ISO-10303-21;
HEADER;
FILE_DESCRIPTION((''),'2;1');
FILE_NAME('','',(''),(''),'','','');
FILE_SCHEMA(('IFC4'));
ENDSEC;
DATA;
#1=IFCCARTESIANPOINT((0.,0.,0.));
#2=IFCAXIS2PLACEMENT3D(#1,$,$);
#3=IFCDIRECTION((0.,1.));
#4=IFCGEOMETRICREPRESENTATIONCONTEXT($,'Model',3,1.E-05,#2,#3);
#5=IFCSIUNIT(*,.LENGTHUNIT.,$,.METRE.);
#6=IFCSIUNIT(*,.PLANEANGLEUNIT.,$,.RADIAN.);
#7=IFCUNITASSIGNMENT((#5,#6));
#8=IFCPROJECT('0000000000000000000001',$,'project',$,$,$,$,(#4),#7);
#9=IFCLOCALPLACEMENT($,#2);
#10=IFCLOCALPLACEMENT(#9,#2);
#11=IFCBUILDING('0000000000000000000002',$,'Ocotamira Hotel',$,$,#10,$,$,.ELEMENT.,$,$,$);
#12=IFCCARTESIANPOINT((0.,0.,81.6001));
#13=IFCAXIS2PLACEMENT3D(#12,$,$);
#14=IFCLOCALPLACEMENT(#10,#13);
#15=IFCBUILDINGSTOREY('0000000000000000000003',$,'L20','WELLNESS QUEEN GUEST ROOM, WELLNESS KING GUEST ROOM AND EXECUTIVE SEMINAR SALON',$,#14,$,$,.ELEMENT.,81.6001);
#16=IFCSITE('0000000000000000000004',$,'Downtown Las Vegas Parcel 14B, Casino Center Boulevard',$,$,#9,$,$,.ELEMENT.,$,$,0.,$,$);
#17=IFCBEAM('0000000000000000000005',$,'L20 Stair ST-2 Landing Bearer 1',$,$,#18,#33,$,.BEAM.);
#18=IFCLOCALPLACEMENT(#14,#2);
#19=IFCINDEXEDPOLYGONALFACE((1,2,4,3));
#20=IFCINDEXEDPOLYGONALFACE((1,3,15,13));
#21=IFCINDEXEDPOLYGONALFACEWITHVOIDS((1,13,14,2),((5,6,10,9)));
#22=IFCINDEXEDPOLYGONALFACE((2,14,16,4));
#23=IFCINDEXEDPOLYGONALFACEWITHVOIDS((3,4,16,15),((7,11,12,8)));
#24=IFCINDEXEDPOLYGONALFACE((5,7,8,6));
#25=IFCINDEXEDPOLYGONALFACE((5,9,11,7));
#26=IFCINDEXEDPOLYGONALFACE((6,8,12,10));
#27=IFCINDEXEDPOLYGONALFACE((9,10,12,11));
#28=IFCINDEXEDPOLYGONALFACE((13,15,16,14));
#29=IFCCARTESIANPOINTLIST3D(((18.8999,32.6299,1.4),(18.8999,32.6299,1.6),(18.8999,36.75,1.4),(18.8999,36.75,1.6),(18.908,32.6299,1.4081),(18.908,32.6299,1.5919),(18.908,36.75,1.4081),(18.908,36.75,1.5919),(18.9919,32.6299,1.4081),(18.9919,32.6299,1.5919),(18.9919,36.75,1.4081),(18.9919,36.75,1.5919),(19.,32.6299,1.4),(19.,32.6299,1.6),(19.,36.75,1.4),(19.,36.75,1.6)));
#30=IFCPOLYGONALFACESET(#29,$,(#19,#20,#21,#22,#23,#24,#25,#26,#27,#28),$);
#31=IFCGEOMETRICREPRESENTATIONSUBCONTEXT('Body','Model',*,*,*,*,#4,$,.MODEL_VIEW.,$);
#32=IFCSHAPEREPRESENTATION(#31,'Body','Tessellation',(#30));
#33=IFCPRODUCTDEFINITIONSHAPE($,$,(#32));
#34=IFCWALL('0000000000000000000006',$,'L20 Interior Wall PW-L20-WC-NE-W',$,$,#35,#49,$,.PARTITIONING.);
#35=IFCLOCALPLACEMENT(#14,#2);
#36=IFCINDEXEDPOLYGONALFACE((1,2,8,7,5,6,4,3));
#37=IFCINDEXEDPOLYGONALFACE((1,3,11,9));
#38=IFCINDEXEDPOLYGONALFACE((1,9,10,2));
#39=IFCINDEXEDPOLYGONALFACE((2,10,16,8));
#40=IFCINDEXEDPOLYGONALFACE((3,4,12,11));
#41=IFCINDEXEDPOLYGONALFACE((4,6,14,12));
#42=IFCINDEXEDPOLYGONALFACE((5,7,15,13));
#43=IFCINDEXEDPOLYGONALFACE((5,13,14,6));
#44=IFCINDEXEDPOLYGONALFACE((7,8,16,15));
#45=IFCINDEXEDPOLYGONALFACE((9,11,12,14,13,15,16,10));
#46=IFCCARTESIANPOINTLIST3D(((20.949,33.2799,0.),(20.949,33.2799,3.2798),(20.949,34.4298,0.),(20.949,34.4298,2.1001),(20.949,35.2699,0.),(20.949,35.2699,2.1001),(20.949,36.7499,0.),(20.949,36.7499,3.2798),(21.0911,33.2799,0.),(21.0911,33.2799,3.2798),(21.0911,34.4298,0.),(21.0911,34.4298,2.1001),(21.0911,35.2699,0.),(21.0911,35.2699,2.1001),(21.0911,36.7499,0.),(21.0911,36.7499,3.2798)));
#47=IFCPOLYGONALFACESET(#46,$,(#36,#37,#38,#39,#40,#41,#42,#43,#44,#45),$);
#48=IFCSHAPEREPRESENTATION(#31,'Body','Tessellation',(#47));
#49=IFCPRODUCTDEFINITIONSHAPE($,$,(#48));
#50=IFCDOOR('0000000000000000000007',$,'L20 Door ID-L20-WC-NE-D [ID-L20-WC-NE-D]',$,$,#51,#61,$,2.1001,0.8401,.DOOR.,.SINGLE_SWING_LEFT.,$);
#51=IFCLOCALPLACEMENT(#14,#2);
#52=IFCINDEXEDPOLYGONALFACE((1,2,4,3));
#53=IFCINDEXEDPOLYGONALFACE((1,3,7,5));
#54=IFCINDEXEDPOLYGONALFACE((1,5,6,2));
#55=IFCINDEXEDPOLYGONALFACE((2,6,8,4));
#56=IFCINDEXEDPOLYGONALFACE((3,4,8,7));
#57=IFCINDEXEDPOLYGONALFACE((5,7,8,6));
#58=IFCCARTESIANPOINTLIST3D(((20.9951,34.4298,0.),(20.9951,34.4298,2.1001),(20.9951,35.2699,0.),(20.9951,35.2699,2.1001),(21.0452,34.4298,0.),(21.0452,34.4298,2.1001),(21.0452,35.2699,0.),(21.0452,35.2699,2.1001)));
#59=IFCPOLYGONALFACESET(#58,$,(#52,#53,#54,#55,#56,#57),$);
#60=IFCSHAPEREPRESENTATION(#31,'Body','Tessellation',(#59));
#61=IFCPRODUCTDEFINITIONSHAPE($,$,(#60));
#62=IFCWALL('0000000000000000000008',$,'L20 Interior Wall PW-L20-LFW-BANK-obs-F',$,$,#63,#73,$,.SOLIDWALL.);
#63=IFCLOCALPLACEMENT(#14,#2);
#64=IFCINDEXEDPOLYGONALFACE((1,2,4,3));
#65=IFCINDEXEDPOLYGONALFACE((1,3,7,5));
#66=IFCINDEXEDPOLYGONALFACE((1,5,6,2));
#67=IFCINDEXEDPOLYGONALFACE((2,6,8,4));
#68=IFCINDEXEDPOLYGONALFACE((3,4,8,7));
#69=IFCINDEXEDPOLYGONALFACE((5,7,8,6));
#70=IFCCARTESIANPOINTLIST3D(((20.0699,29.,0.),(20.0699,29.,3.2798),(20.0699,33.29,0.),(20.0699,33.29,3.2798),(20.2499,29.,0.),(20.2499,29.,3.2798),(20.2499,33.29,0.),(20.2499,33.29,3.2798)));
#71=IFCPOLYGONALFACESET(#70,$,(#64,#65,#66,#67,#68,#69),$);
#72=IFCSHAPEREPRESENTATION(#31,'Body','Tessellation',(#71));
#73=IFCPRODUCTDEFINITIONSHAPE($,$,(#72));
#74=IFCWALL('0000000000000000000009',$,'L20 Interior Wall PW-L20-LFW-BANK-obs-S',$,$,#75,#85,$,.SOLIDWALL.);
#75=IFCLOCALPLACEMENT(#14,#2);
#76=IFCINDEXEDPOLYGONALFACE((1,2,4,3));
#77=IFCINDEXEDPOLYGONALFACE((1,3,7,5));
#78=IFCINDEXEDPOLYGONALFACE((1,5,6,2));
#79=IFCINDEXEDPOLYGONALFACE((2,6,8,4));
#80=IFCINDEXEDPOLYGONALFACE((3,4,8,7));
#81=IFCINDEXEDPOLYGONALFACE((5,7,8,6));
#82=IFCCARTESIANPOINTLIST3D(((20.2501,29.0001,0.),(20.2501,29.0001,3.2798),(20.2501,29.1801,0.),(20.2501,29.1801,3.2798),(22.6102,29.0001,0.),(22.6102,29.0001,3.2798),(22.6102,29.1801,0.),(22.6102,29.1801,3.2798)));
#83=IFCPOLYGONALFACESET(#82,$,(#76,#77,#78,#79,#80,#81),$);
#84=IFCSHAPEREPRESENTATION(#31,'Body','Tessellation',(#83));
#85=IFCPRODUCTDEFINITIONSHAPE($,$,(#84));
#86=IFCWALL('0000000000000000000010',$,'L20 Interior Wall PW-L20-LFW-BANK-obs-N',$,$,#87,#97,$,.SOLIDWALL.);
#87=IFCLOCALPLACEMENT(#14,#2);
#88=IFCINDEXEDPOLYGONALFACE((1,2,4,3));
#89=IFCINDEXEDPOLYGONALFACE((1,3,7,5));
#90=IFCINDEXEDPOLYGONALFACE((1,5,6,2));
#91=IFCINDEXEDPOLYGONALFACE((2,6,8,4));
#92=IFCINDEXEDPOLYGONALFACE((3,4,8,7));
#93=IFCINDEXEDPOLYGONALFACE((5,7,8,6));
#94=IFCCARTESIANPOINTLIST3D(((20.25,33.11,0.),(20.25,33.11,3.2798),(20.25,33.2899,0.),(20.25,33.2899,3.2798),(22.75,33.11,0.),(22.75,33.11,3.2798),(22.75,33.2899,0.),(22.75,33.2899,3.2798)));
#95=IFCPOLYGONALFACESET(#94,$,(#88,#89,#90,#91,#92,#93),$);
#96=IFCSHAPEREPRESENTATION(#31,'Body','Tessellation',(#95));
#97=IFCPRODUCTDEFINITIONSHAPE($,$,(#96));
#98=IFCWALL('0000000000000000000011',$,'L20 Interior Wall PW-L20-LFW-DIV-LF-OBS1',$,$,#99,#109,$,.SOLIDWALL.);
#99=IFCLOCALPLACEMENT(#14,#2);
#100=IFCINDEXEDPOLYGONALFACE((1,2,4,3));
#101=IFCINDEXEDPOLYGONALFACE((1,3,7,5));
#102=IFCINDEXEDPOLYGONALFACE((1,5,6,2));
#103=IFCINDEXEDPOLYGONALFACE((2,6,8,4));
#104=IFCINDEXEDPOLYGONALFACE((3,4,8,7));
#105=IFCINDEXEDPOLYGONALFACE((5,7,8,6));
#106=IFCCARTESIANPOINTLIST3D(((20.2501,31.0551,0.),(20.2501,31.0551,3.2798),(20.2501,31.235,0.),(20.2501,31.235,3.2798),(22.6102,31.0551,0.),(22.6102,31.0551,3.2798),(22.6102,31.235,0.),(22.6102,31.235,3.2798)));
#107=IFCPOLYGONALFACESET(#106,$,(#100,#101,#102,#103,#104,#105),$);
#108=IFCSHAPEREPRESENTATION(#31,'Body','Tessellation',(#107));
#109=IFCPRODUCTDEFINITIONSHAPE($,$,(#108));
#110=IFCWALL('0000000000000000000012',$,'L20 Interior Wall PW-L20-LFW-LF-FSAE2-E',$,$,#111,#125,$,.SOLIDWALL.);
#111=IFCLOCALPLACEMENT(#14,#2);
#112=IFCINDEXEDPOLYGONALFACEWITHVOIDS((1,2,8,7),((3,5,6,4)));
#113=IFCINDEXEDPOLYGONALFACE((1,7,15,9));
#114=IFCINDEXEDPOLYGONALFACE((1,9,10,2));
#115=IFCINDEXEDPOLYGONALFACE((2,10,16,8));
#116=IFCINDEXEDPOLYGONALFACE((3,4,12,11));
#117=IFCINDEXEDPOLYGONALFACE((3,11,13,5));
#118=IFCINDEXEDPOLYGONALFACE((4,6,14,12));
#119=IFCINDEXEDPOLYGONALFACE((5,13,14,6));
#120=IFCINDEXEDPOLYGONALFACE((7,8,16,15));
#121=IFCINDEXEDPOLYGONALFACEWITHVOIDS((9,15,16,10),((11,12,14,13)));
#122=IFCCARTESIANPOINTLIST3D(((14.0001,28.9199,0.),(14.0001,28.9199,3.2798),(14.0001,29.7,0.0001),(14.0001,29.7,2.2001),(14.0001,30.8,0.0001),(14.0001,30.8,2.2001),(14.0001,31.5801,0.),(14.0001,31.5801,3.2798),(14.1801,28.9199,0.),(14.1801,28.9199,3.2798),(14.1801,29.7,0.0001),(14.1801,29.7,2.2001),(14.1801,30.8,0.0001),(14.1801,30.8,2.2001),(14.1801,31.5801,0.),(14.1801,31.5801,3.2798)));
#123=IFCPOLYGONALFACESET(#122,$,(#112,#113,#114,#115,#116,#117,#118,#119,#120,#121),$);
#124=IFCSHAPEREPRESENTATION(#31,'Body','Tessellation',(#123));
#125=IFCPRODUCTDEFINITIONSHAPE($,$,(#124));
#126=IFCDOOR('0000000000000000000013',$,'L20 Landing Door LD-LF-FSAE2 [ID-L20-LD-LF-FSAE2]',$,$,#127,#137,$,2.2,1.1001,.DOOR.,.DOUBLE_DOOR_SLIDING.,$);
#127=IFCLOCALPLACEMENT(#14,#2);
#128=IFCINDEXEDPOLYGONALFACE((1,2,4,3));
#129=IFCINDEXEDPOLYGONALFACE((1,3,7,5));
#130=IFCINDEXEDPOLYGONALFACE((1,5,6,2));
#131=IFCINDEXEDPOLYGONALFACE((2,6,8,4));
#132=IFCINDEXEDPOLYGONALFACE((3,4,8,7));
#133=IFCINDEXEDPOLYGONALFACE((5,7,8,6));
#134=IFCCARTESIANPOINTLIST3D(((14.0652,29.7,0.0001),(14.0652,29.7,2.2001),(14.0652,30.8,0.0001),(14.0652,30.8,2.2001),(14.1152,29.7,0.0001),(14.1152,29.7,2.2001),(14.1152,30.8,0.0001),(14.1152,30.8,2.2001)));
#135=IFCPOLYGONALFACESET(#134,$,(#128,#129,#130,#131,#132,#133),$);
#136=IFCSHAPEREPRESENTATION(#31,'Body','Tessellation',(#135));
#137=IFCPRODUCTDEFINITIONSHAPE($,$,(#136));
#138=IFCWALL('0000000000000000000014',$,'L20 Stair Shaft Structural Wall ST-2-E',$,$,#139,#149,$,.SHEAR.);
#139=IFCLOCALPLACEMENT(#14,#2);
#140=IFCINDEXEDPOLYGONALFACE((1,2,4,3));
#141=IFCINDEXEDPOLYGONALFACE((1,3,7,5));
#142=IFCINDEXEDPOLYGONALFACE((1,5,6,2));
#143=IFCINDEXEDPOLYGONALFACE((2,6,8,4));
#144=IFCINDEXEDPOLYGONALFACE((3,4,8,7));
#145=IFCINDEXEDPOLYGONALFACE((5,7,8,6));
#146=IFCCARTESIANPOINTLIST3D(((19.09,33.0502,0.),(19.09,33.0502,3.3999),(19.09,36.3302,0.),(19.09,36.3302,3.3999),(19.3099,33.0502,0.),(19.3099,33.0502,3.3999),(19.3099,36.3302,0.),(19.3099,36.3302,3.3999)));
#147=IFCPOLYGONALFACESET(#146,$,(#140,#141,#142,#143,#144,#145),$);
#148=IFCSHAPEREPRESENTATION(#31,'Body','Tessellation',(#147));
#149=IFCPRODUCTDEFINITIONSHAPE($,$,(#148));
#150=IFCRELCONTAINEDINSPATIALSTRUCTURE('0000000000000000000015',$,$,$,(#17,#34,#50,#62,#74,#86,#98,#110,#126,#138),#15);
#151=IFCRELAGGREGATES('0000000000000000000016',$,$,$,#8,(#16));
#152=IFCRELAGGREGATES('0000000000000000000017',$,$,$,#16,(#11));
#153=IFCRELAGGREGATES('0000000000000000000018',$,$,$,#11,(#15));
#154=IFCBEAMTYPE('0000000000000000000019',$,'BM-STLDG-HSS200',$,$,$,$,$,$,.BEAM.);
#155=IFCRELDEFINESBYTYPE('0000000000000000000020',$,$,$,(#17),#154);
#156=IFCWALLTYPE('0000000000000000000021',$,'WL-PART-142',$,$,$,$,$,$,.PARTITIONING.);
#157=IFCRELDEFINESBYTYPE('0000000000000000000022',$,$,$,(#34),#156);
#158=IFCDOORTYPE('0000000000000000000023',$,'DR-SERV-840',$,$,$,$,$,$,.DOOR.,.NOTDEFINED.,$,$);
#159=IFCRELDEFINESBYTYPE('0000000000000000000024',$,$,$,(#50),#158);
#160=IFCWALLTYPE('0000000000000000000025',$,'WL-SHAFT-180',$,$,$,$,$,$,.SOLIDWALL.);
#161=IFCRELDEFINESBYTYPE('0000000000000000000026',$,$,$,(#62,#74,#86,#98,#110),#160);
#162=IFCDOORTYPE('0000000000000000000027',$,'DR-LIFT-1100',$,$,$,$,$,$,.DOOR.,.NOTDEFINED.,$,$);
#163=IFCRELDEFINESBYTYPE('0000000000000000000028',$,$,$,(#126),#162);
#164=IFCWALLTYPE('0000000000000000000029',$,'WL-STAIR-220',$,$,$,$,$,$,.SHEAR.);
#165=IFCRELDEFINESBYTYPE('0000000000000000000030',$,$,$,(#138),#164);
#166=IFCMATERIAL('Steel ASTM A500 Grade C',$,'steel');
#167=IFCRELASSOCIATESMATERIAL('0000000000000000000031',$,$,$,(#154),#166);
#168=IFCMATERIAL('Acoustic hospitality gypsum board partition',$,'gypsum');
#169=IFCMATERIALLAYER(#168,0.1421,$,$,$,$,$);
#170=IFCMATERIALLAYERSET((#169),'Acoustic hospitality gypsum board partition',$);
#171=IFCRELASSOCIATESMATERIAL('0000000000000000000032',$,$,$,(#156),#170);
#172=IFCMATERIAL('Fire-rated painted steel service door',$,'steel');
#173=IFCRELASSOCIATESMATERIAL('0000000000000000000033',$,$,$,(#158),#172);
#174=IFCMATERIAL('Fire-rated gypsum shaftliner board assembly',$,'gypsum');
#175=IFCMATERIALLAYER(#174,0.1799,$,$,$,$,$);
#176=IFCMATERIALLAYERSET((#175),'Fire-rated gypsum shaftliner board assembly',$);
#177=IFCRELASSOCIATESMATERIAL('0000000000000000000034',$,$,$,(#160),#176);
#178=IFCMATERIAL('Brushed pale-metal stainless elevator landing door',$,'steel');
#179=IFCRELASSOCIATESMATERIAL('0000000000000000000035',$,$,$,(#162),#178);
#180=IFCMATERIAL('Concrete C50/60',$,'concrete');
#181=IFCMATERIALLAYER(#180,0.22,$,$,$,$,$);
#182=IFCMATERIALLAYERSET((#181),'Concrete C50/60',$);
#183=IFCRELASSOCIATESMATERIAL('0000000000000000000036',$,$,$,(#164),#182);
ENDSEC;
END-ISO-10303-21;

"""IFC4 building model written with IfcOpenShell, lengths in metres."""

from ifc_helpers import new_model, si_unit, direction, frame, frame_2d, origin, origin_2d, place, context, subcontext, project, spatial, rectangle, hollow_rectangle, extrude, source, transform, mapped, material, layer, layer_set, material_profile, profile_set, type_object, element, fill, save


model = new_model("IFC4")

# Units and contexts
model_context = context("Model", 3, precision=1e-05, world=origin(), true_north=direction((0.0, 1.0)))
body_context = subcontext(model_context, "Body", "Model", "MODEL_VIEW")
ifc_project = project(units=[si_unit("LENGTHUNIT", "METRE"), si_unit("PLANEANGLEUNIT", "RADIAN")], contexts=[model_context])

# Site, building, storey
site_placement = place(None, origin())
site = spatial("IfcSite", under=ifc_project, at=site_placement, Name="Downtown Las Vegas Parcel 14B, Casino Center Boulevard", CompositionType="ELEMENT", RefElevation=0.0)
building_placement = place(site_placement, origin())
building = spatial("IfcBuilding", under=site, at=building_placement, Name="Ocotamira Hotel", CompositionType="ELEMENT")
storey_placement = place(building_placement, frame((0.0, 0.0, 81.6001)))
storey = spatial("IfcBuildingStorey", under=building, at=storey_placement, Name="L20", Description="WELLNESS QUEEN GUEST ROOM, WELLNESS KING GUEST ROOM AND EXECUTIVE SEMINAR SALON", CompositionType="ELEMENT", Elevation=81.6001)

# Beam
ifc_material_1 = material(Name="Steel ASTM A500 Grade C", Category="steel")
ifc_material_profile = material_profile(ifc_material_1, hollow_rectangle(XDim=0.1001, YDim=0.2, WallThickness=0.0081, at=origin_2d()), Name="HSS200X100X8")
ifc_profile_set = profile_set([ifc_material_profile], Name="Steel ASTM A500 Grade C")
beam_type = type_object("IfcBeamType", Name="BM-STLDG-HSS200", PredefinedType="BEAM", material=ifc_profile_set)
shared_shape_1 = source(origin(), body_context, "Body", "SweptSolid", [
    extrude(hollow_rectangle(XDim=0.1001, YDim=0.2, WallThickness=0.0081, at=origin_2d()), origin(), (0.0, 0.0, 1.0), 4.1201),
])
beam_placement = place(storey_placement, frame((18.95, 32.6299, 1.5), z_axis=(0.0, 1.0, 0.0), x_axis=(-1.0, 0.0, 0.0)))
element("IfcBeam", 1, at=beam_placement, inside=storey, type_object=beam_type, Name="L20 Stair ST-2 Landing Bearer 1", PredefinedType="BEAM", context=body_context, shape_type="MappedRepresentation", body=[
    mapped(shared_shape_1, transform((0.0, 0.0, 0.0), scale=1.0)),
])

# Wall, opening, door
ifc_material_2 = material(Name="Acoustic hospitality gypsum board partition", Category="gypsum")
ifc_layer_1 = layer(ifc_material_2, 0.1421)
ifc_layer_set_1 = layer_set([ifc_layer_1], Name="Acoustic hospitality gypsum board partition")
wall_type_1 = type_object("IfcWallType", Name="WL-PART-142", PredefinedType="PARTITIONING", material=ifc_layer_set_1)
wall_1_placement = place(storey_placement, frame((21.02, 33.28, 0.0), z_axis=(0.0, 0.0, 1.0), x_axis=(0.0, 1.0, 0.0)))
wall_1 = element("IfcWall", 2, at=wall_1_placement, inside=storey, type_object=wall_type_1, Name="L20 Interior Wall PW-L20-WC-NE-W", PredefinedType="PARTITIONING", context=body_context, shape_type="SweptSolid", body=[
    extrude(rectangle(XDim=3.47, YDim=0.1421, at=frame_2d((1.7349, 0.0))), origin(), (0.0, 0.0, 1.0), 3.2798),
])
opening_1_placement = place(wall_1_placement, frame((1.1499, 0.0, 0.0)))
opening_1 = element("IfcOpeningElement", 3, at=opening_1_placement, cuts=wall_1, PredefinedType="OPENING", context=body_context, shape_type="SweptSolid", body=[
    extrude(rectangle(XDim=0.8401, YDim=2.1001, at=frame_2d((0.4199, 1.05))), frame((0.0, 0.0811, 0.0), z_axis=(0.0, -1.0, 0.0), x_axis=(1.0, 0.0, 0.0)), (0.0, 0.0, 1.0), 0.1621),
])
ifc_material_3 = material(Name="Fire-rated painted steel service door", Category="steel")
door_type_1 = type_object("IfcDoorType", Name="DR-SERV-840", OperationType="NOTDEFINED", PredefinedType="DOOR", material=ifc_material_3)
shared_shape_2 = source(origin(), body_context, "Body", "SweptSolid", [
    extrude(rectangle(XDim=0.8401, YDim=2.1001, at=frame_2d((0.4199, 1.05))), frame((0.0, 0.0249, 0.0), z_axis=(0.0, -1.0, 0.0), x_axis=(1.0, 0.0, 0.0)), (0.0, 0.0, 1.0), 0.05),
])
door_1_placement = place(opening_1_placement, origin())
door_1 = element("IfcDoor", 4, at=door_1_placement, inside=storey, type_object=door_type_1, Name="L20 Door ID-L20-WC-NE-D [ID-L20-WC-NE-D]", OperationType="SINGLE_SWING_LEFT", OverallHeight=2.1001, OverallWidth=0.8401, PredefinedType="DOOR", context=body_context, shape_type="MappedRepresentation", body=[
    mapped(shared_shape_2, transform((0.0, 0.0, 0.0), scale=1.0)),
])
fill(opening_1, door_1)

# Walls
ifc_material_4 = material(Name="Fire-rated gypsum shaftliner board assembly", Category="gypsum")
ifc_layer_2 = layer(ifc_material_4, 0.1799)
ifc_layer_set_2 = layer_set([ifc_layer_2], Name="Fire-rated gypsum shaftliner board assembly")
wall_type_2 = type_object("IfcWallType", Name="WL-SHAFT-180", PredefinedType="SOLIDWALL", material=ifc_layer_set_2)
wall_2_placement = place(storey_placement, frame((20.1599, 29.0, 0.0), z_axis=(0.0, 0.0, 1.0), x_axis=(0.0, 1.0, 0.0)))
element("IfcWall", 5, at=wall_2_placement, inside=storey, type_object=wall_type_2, Name="L20 Interior Wall PW-L20-LFW-BANK-obs-F", PredefinedType="SOLIDWALL", context=body_context, shape_type="SweptSolid", body=[
    extrude(rectangle(XDim=4.29, YDim=0.1799, at=frame_2d((2.145, 0.0))), origin(), (0.0, 0.0, 1.0), 3.2798),
])
wall_3_placement = place(storey_placement, frame((20.25, 29.0901, 0.0), z_axis=(0.0, 0.0, 1.0), x_axis=(1.0, 0.0, 0.0)))
element("IfcWall", 6, at=wall_3_placement, inside=storey, type_object=wall_type_2, Name="L20 Interior Wall PW-L20-LFW-BANK-obs-S", PredefinedType="SOLIDWALL", context=body_context, shape_type="SweptSolid", body=[
    extrude(rectangle(XDim=2.3601, YDim=0.1799, at=frame_2d((1.1802, 0.0))), origin(), (0.0, 0.0, 1.0), 3.2798),
])
wall_4_placement = place(storey_placement, frame((20.25, 33.2, 0.0), z_axis=(0.0, 0.0, 1.0), x_axis=(1.0, 0.0, 0.0)))
element("IfcWall", 7, at=wall_4_placement, inside=storey, type_object=wall_type_2, Name="L20 Interior Wall PW-L20-LFW-BANK-obs-N", PredefinedType="SOLIDWALL", context=body_context, shape_type="SweptSolid", body=[
    extrude(rectangle(XDim=2.5, YDim=0.1799, at=frame_2d((1.25, 0.0))), origin(), (0.0, 0.0, 1.0), 3.2798),
])
wall_5_placement = place(storey_placement, frame((20.25, 31.145, 0.0), z_axis=(0.0, 0.0, 1.0), x_axis=(1.0, 0.0, 0.0)))
element("IfcWall", 8, at=wall_5_placement, inside=storey, type_object=wall_type_2, Name="L20 Interior Wall PW-L20-LFW-DIV-LF-OBS1", PredefinedType="SOLIDWALL", context=body_context, shape_type="SweptSolid", body=[
    extrude(rectangle(XDim=2.3601, YDim=0.1799, at=frame_2d((1.1802, 0.0))), origin(), (0.0, 0.0, 1.0), 3.2798),
])

# Wall, opening, door
wall_6_placement = place(storey_placement, frame((14.0901, 28.9199, 0.0), z_axis=(0.0, 0.0, 1.0), x_axis=(0.0, 1.0, 0.0)))
wall_6 = element("IfcWall", 9, at=wall_6_placement, inside=storey, type_object=wall_type_2, Name="L20 Interior Wall PW-L20-LFW-LF-FSAE2-E", PredefinedType="SOLIDWALL", context=body_context, shape_type="SweptSolid", body=[
    extrude(rectangle(XDim=2.6602, YDim=0.1799, at=frame_2d((1.3301, 0.0))), origin(), (0.0, 0.0, 1.0), 3.2798),
])
opening_2_placement = place(wall_6_placement, frame((0.78, 0.0, 0.0)))
opening_2 = element("IfcOpeningElement", 10, at=opening_2_placement, cuts=wall_6, PredefinedType="OPENING", context=body_context, shape_type="SweptSolid", body=[
    extrude(rectangle(XDim=1.1001, YDim=2.2, at=frame_2d((0.55, 1.1001))), frame((0.0, 0.1001, 0.0), z_axis=(0.0, -1.0, 0.0), x_axis=(1.0, 0.0, 0.0)), (0.0, 0.0, 1.0), 0.2),
])
ifc_material_5 = material(Name="Brushed pale-metal stainless elevator landing door", Category="steel")
door_type_2 = type_object("IfcDoorType", Name="DR-LIFT-1100", OperationType="NOTDEFINED", PredefinedType="DOOR", material=ifc_material_5)
shared_shape_3 = source(origin(), body_context, "Body", "SweptSolid", [
    extrude(rectangle(XDim=1.1001, YDim=2.2, at=frame_2d((0.55, 1.1001))), frame((0.0, 0.0249, 0.0), z_axis=(0.0, -1.0, 0.0), x_axis=(1.0, 0.0, 0.0)), (0.0, 0.0, 1.0), 0.05),
])
door_2_placement = place(opening_2_placement, origin())
door_2 = element("IfcDoor", 11, at=door_2_placement, inside=storey, type_object=door_type_2, Name="L20 Landing Door LD-LF-FSAE2 [ID-L20-LD-LF-FSAE2]", OperationType="DOUBLE_DOOR_SLIDING", OverallHeight=2.2, OverallWidth=1.1001, PredefinedType="DOOR", context=body_context, shape_type="MappedRepresentation", body=[
    mapped(shared_shape_3, transform((0.0, 0.0, 0.0), scale=1.0)),
])
fill(opening_2, door_2)

# Wall
ifc_material_6 = material(Name="Concrete C50/60", Category="concrete")
ifc_layer_3 = layer(ifc_material_6, 0.22)
ifc_layer_set_3 = layer_set([ifc_layer_3], Name="Concrete C50/60")
wall_type_3 = type_object("IfcWallType", Name="WL-STAIR-220", PredefinedType="SHEAR", material=ifc_layer_set_3)
wall_7_placement = place(storey_placement, frame((19.2, 33.05, 0.0), z_axis=(0.0, 0.0, 1.0), x_axis=(0.0, 1.0, 0.0)))
element("IfcWall", 12, at=wall_7_placement, inside=storey, type_object=wall_type_3, Name="L20 Stair Shaft Structural Wall ST-2-E", PredefinedType="SHEAR", context=body_context, shape_type="SweptSolid", body=[
    extrude(rectangle(XDim=3.28, YDim=0.22, at=frame_2d((1.6401, 0.0))), origin(), (0.0, 0.0, 1.0), 3.3999),
])

save(model, "model.ifc")
